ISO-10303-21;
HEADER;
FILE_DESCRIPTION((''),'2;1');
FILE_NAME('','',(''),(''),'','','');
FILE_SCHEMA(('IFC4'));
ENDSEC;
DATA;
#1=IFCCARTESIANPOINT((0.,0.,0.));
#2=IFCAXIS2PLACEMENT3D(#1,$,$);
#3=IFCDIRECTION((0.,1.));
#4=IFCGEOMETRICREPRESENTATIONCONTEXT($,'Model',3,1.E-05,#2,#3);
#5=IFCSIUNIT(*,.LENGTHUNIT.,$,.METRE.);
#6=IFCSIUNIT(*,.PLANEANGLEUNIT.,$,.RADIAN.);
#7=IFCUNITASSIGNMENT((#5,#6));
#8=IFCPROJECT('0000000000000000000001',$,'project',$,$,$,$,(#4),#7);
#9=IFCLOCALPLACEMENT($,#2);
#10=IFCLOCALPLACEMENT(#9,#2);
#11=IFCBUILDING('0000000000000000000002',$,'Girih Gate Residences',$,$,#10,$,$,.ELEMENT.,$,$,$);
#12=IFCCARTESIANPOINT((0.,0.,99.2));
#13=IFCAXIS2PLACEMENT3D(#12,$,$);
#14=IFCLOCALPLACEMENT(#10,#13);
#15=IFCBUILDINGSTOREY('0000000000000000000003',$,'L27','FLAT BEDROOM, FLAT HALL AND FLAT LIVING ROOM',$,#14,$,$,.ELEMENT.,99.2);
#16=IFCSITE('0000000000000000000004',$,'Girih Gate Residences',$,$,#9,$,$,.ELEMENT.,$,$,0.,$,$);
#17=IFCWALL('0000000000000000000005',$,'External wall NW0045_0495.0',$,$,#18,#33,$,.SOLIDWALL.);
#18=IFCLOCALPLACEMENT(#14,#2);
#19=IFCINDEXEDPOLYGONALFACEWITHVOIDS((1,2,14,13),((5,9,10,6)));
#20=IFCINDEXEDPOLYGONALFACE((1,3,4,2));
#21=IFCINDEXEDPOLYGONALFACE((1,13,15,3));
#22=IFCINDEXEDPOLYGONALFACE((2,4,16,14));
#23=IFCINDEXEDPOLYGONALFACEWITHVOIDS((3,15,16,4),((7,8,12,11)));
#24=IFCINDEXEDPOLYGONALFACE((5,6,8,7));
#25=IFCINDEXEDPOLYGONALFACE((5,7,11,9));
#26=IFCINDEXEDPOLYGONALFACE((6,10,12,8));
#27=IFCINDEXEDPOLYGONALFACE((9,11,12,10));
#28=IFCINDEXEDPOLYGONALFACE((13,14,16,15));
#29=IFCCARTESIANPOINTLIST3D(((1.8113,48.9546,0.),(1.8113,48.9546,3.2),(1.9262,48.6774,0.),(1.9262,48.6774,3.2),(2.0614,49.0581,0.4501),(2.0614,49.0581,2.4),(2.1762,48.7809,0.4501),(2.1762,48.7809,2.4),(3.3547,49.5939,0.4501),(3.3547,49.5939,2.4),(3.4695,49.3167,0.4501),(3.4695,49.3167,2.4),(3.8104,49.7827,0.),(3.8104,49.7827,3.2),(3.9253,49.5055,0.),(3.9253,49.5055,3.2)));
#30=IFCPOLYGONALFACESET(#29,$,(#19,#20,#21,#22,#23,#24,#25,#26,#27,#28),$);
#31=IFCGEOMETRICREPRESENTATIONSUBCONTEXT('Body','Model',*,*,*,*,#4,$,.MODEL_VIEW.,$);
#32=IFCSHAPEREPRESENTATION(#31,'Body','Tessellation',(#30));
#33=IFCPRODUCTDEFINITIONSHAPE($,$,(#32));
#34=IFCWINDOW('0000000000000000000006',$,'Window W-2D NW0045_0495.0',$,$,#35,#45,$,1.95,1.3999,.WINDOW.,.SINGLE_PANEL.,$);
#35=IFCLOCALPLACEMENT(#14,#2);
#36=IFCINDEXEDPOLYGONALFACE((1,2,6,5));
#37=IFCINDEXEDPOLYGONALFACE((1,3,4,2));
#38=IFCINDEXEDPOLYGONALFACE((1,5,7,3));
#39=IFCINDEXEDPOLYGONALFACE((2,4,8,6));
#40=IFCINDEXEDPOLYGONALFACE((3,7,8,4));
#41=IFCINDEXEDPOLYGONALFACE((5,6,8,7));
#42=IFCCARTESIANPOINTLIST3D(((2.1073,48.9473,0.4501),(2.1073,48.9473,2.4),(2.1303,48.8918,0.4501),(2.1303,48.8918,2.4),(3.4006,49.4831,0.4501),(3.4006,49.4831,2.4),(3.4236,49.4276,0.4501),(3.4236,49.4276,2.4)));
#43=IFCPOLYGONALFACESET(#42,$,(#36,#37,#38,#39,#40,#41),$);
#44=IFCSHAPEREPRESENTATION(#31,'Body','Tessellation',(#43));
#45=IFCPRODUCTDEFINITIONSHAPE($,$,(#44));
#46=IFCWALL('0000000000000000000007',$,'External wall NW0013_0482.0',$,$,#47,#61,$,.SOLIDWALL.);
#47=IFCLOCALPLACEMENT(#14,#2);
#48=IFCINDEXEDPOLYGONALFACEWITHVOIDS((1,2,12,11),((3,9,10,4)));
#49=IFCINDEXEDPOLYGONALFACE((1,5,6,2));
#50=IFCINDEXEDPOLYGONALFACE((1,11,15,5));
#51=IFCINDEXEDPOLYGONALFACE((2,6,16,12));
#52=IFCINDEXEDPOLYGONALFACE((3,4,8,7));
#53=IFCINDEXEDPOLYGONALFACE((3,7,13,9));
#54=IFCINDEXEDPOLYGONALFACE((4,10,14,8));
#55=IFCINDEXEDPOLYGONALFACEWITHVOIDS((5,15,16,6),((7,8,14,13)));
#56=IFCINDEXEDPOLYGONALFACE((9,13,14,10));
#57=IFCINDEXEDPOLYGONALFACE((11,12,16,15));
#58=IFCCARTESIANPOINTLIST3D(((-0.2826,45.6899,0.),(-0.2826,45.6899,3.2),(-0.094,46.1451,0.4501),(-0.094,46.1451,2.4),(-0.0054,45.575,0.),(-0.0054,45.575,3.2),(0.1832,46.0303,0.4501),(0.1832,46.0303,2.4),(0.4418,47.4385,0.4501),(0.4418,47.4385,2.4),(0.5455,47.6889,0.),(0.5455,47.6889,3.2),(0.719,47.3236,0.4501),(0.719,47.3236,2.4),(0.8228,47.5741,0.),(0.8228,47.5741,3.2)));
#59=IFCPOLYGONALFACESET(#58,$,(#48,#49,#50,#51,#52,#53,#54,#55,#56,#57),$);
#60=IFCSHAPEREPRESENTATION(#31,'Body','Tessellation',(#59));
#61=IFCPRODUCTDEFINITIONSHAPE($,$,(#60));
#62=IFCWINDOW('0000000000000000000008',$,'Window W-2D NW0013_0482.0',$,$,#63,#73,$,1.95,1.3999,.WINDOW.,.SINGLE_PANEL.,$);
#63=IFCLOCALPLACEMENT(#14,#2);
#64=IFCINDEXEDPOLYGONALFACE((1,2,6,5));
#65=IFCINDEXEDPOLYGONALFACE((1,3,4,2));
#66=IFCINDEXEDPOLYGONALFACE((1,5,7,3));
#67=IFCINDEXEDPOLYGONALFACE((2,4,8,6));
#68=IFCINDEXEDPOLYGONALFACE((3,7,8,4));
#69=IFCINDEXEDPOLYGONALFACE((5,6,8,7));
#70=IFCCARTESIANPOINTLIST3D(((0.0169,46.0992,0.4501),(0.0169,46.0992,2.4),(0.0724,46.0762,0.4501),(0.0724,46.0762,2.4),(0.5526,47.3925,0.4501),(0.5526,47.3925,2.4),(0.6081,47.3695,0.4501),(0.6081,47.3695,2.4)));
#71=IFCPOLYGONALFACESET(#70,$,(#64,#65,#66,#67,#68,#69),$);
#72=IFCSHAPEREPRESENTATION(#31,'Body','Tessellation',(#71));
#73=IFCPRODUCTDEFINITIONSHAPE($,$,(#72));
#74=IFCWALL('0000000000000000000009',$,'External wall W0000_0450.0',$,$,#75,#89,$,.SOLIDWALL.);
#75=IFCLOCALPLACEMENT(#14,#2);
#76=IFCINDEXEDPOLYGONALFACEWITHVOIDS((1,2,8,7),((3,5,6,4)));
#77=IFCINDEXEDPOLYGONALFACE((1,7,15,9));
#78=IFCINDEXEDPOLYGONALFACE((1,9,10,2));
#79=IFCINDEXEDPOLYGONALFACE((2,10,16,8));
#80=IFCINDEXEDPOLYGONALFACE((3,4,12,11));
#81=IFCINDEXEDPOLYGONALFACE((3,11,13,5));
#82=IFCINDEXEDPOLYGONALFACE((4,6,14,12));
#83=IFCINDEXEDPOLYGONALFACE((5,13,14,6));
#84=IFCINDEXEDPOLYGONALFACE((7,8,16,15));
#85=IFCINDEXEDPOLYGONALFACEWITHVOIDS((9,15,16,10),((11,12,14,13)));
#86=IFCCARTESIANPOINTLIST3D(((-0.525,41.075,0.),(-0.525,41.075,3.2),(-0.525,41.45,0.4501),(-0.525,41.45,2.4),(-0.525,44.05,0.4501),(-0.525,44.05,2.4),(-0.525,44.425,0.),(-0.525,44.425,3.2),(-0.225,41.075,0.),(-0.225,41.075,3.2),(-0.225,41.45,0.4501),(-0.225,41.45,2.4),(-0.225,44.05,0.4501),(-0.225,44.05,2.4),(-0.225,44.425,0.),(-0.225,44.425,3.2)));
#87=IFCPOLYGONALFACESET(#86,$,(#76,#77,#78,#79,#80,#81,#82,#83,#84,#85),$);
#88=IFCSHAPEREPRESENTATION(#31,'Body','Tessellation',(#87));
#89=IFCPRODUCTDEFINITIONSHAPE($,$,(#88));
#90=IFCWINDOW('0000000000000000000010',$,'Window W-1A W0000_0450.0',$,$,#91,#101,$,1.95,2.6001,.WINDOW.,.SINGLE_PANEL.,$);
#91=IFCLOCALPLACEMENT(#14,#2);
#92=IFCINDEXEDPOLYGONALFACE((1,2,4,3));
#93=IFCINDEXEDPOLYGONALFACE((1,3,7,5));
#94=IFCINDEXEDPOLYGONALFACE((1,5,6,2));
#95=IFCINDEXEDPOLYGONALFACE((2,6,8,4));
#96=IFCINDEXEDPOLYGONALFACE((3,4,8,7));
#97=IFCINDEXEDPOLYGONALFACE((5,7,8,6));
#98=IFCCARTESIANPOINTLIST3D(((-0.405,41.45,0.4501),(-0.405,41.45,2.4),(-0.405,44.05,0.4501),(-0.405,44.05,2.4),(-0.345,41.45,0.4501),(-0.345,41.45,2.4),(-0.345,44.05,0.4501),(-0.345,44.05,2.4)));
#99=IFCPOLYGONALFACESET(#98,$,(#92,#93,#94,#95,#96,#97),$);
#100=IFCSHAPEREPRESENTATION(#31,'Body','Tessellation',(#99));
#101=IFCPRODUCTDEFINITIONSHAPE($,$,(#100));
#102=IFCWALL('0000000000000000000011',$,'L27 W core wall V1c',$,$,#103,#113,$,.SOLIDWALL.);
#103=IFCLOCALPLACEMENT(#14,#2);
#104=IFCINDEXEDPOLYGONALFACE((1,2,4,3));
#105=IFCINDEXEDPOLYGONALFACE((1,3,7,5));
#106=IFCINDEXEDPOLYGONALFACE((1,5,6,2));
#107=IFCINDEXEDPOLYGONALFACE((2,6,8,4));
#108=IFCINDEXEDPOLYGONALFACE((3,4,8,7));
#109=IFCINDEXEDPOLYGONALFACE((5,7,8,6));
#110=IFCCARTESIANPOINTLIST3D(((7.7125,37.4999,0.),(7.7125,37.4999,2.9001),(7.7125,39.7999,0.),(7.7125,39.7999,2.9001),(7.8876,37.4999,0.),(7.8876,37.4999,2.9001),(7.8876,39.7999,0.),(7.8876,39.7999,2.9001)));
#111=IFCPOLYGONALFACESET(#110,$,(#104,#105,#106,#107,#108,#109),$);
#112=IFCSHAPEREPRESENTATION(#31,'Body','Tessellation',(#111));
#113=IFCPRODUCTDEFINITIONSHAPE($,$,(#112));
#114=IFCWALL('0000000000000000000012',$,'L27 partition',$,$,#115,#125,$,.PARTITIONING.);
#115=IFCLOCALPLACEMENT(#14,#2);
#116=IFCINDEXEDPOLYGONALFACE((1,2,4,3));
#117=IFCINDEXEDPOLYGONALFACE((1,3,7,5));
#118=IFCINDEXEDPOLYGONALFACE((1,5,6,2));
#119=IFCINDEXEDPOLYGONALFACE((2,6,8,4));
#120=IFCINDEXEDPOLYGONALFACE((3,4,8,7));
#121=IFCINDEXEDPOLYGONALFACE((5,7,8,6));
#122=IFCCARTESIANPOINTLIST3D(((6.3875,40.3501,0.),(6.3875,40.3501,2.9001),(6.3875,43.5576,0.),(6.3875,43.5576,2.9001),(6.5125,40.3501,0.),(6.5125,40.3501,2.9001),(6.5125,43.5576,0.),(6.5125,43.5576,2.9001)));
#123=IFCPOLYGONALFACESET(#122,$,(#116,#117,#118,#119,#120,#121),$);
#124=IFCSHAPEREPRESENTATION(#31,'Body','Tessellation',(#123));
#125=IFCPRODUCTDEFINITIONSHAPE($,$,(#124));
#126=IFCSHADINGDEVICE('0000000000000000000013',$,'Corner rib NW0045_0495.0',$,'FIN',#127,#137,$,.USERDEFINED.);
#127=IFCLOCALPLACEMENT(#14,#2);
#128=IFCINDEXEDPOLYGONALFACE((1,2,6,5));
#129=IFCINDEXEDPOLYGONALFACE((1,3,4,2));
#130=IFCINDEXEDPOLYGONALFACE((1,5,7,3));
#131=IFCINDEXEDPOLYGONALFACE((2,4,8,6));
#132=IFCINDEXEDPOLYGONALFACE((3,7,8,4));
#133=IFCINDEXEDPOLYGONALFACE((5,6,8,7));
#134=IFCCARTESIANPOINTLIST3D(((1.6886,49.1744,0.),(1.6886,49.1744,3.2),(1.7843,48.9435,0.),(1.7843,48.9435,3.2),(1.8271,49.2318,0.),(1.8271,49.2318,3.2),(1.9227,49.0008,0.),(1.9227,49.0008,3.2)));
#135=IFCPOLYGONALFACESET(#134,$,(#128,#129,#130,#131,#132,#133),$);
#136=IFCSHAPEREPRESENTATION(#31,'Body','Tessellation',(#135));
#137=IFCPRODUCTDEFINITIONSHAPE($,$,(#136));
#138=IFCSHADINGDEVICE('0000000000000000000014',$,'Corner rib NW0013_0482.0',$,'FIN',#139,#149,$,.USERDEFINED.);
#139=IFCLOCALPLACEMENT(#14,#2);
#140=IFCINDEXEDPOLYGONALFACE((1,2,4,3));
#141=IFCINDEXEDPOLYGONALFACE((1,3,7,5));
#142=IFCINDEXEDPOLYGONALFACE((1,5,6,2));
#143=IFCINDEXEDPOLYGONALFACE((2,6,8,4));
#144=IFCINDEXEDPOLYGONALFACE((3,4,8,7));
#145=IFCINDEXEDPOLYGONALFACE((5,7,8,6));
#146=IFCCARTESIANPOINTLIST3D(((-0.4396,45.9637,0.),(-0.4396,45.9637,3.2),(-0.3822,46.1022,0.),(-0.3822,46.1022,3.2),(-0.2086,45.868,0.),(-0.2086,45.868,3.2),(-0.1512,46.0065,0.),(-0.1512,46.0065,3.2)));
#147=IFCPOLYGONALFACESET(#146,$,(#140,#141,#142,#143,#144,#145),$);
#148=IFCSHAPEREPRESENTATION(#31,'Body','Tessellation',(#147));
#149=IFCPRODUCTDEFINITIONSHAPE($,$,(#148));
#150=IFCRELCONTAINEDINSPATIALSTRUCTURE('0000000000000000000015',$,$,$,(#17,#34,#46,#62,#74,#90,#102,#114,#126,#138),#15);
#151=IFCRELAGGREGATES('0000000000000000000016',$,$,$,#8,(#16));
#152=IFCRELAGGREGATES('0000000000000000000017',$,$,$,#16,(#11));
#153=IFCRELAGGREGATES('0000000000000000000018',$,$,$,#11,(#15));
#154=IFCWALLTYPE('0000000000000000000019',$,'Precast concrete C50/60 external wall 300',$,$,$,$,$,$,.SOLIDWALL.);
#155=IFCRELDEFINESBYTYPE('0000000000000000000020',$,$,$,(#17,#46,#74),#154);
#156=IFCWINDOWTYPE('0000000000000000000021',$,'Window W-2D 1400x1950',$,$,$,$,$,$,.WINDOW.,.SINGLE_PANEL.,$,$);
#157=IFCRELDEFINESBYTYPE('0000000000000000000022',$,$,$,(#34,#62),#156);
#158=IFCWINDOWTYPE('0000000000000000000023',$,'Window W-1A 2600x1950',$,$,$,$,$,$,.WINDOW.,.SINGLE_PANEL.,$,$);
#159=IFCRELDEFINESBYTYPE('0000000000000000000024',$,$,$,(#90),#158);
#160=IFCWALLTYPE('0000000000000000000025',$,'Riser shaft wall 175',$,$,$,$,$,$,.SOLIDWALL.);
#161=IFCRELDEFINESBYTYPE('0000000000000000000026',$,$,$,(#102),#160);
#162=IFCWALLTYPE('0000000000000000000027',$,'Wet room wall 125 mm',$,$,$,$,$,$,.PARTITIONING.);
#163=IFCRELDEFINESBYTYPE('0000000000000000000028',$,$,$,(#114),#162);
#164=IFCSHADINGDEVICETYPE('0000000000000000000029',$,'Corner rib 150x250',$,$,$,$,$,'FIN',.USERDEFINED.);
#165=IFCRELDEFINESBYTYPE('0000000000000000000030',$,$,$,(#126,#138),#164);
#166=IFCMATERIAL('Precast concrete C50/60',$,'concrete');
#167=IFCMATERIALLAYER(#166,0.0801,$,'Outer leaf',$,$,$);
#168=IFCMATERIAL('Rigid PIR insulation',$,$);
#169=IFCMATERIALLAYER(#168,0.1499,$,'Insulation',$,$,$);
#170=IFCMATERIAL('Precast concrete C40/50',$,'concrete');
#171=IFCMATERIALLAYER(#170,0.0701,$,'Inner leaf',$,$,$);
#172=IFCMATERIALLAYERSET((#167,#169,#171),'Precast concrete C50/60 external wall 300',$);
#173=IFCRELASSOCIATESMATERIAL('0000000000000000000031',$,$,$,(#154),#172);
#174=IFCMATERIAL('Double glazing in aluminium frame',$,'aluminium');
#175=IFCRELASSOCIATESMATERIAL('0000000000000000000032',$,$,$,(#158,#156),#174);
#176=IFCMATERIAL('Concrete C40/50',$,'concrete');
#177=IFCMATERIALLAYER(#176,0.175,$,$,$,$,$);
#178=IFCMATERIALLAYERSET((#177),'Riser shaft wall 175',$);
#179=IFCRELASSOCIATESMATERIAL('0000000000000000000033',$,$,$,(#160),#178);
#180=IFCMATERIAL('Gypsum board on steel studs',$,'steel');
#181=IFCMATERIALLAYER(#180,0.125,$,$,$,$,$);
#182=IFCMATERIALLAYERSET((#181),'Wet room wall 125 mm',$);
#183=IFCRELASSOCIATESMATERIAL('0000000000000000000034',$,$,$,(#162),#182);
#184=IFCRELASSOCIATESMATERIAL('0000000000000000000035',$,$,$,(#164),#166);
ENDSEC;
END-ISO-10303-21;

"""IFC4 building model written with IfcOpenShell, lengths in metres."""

from ifc_helpers import new_model, si_unit, direction, frame, frame_2d, origin, origin_2d, place, context, subcontext, project, spatial, rectangle, extrude, material, layer, layer_set, type_object, element, fill, save


model = new_model("IFC4")

# Units and contexts
model_context = context("Model", 3, precision=1e-05, world=origin(), true_north=direction((0.0, 1.0)))
body_context = subcontext(model_context, "Body", "Model", "MODEL_VIEW")
ifc_project = project(units=[si_unit("LENGTHUNIT", "METRE"), si_unit("PLANEANGLEUNIT", "RADIAN")], contexts=[model_context])

# Site, building, storey
site_placement = place(None, origin())
site = spatial("IfcSite", under=ifc_project, at=site_placement, Name="Girih Gate Residences", CompositionType="ELEMENT", RefElevation=0.0)
building_placement = place(site_placement, origin())
building = spatial("IfcBuilding", under=site, at=building_placement, Name="Girih Gate Residences", CompositionType="ELEMENT")
storey_placement = place(building_placement, frame((0.0, 0.0, 99.2)))
storey = spatial("IfcBuildingStorey", under=building, at=storey_placement, Name="L27", Description="FLAT BEDROOM, FLAT HALL AND FLAT LIVING ROOM", CompositionType="ELEMENT", Elevation=99.2)

# Shared definitions
ifc_material_1 = material(Name="Gypsum board on steel studs", Category="steel")

# Walls, openings, windows
ifc_material_2 = material(Name="Precast concrete C50/60", Category="concrete")
ifc_layer_1 = layer(ifc_material_2, 0.0801, Name="Outer leaf")
ifc_material_3 = material(Name="Rigid PIR insulation")
ifc_layer_2 = layer(ifc_material_3, 0.1499, Name="Insulation")
ifc_material_4 = material(Name="Precast concrete C40/50", Category="concrete")
ifc_layer_3 = layer(ifc_material_4, 0.0701, Name="Inner leaf")
ifc_layer_set_1 = layer_set([ifc_layer_1, ifc_layer_2, ifc_layer_3], Name="Precast concrete C50/60 external wall 300")
wall_type_1 = type_object("IfcWallType", Name="Precast concrete C50/60 external wall 300", PredefinedType="SOLIDWALL", material=ifc_layer_set_1)
ifc_material_5 = material(Name="Double glazing in aluminium frame", Category="aluminium")
window_type_1 = type_object("IfcWindowType", Name="Window W-1A 2600x1950", PartitioningType="SINGLE_PANEL", PredefinedType="WINDOW", material=ifc_material_5)
wall_1_placement = place(storey_placement, frame((1.8687, 48.8159, 0.0), z_axis=(0.0, 0.0, 1.0), x_axis=(0.923863, 0.382724, 0.0)))
wall_1 = element("IfcWall", 1, at=wall_1_placement, inside=storey, type_object=wall_type_1, Name="External wall NW0045_0495.0", PredefinedType="SOLIDWALL", context=body_context, shape_type="SweptSolid", body=[
    extrude(rectangle(XDim=2.1638, YDim=0.3, at=frame_2d((1.082, 0.0))), origin(), (0.0, 0.0, 1.0), 3.2),
])
opening_1_placement = place(wall_1_placement, frame((0.2708, 0.0, 0.45)))
opening_1 = element("IfcOpeningElement", 2, at=opening_1_placement, cuts=wall_1, PredefinedType="OPENING", context=body_context, shape_type="SweptSolid", body=[
    extrude(rectangle(XDim=1.3999, YDim=1.95, at=frame_2d((0.7, 0.9751))), frame((0.0, 0.1599, 0.0), z_axis=(0.0, -1.0, 0.0), x_axis=(1.0, 0.0, 0.0)), (0.0, 0.0, 1.0), 0.3201),
])
window_type_2 = type_object("IfcWindowType", Name="Window W-2D 1400x1950", PartitioningType="SINGLE_PANEL", PredefinedType="WINDOW", material=ifc_material_5)
window_1_placement = place(opening_1_placement, origin())
window_1 = element("IfcWindow", 3, at=window_1_placement, inside=storey, type_object=window_type_2, Name="Window W-2D NW0045_0495.0", OverallHeight=1.95, OverallWidth=1.3999, PartitioningType="SINGLE_PANEL", PredefinedType="WINDOW", context=body_context, shape_type="SweptSolid", body=[
    extrude(rectangle(XDim=1.3999, YDim=1.95, at=frame_2d((0.7, 0.9751))), frame((0.0, 0.03, 0.0), z_axis=(0.0, -1.0, 0.0), x_axis=(1.0, 0.0, 0.0)), (0.0, 0.0, 1.0), 0.0601),
])
fill(opening_1, window_1)
wall_2_placement = place(storey_placement, frame((-0.144, 45.6323, 0.0), z_axis=(0.0, 0.0, 1.0), x_axis=(0.382724, 0.923863, 0.0)))
wall_2 = element("IfcWall", 4, at=wall_2_placement, inside=storey, type_object=wall_type_1, Name="External wall NW0013_0482.0", PredefinedType="SOLIDWALL", context=body_context, shape_type="SweptSolid", body=[
    extrude(rectangle(XDim=2.1638, YDim=0.3, at=frame_2d((1.082, 0.0))), origin(), (0.0, 0.0, 1.0), 3.2),
])
opening_2_placement = place(wall_2_placement, frame((0.4929, 0.0, 0.45)))
opening_2 = element("IfcOpeningElement", 5, at=opening_2_placement, cuts=wall_2, PredefinedType="OPENING", context=body_context, shape_type="SweptSolid", body=[
    extrude(rectangle(XDim=1.3999, YDim=1.95, at=frame_2d((0.7, 0.9751))), frame((0.0, 0.1599, 0.0), z_axis=(0.0, -1.0, 0.0), x_axis=(1.0, 0.0, 0.0)), (0.0, 0.0, 1.0), 0.3201),
])
window_2_placement = place(opening_2_placement, origin())
window_2 = element("IfcWindow", 6, at=window_2_placement, inside=storey, type_object=window_type_2, Name="Window W-2D NW0013_0482.0", OverallHeight=1.95, OverallWidth=1.3999, PartitioningType="SINGLE_PANEL", PredefinedType="WINDOW", context=body_context, shape_type="SweptSolid", body=[
    extrude(rectangle(XDim=1.3999, YDim=1.95, at=frame_2d((0.7, 0.9751))), frame((0.0, 0.03, 0.0), z_axis=(0.0, -1.0, 0.0), x_axis=(1.0, 0.0, 0.0)), (0.0, 0.0, 1.0), 0.0601),
])
fill(opening_2, window_2)
wall_3_placement = place(storey_placement, frame((-0.375, 41.075, 0.0), z_axis=(0.0, 0.0, 1.0), x_axis=(0.0, 1.0, 0.0)))
wall_3 = element("IfcWall", 7, at=wall_3_placement, inside=storey, type_object=wall_type_1, Name="External wall W0000_0450.0", PredefinedType="SOLIDWALL", context=body_context, shape_type="SweptSolid", body=[
    extrude(rectangle(XDim=3.3501, YDim=0.3, at=frame_2d((1.675, 0.0))), origin(), (0.0, 0.0, 1.0), 3.2),
])
opening_3_placement = place(wall_3_placement, frame((0.375, 0.0, 0.45)))
opening_3 = element("IfcOpeningElement", 8, at=opening_3_placement, cuts=wall_3, PredefinedType="OPENING", context=body_context, shape_type="SweptSolid", body=[
    extrude(rectangle(XDim=2.6001, YDim=1.95, at=frame_2d((1.3, 0.9751))), frame((0.0, 0.1599, 0.0), z_axis=(0.0, -1.0, 0.0), x_axis=(1.0, 0.0, 0.0)), (0.0, 0.0, 1.0), 0.3201),
])
window_3_placement = place(opening_3_placement, origin())
window_3 = element("IfcWindow", 9, at=window_3_placement, inside=storey, type_object=window_type_1, Name="Window W-1A W0000_0450.0", OverallHeight=1.95, OverallWidth=2.6001, PartitioningType="SINGLE_PANEL", PredefinedType="WINDOW", context=body_context, shape_type="SweptSolid", body=[
    extrude(rectangle(XDim=2.6001, YDim=1.95, at=frame_2d((1.3, 0.9751))), frame((0.0, 0.03, 0.0), z_axis=(0.0, -1.0, 0.0), x_axis=(1.0, 0.0, 0.0)), (0.0, 0.0, 1.0), 0.0601),
])
fill(opening_3, window_3)

# Walls
ifc_material_6 = material(Name="Concrete C40/50", Category="concrete")
ifc_layer_4 = layer(ifc_material_6, 0.175)
ifc_layer_set_2 = layer_set([ifc_layer_4], Name="Riser shaft wall 175")
wall_type_2 = type_object("IfcWallType", Name="Riser shaft wall 175", PredefinedType="SOLIDWALL", material=ifc_layer_set_2)
wall_4_placement = place(storey_placement, frame((7.8, 37.5, 0.0), z_axis=(0.0, 0.0, 1.0), x_axis=(0.0, 1.0, 0.0)))
element("IfcWall", 10, at=wall_4_placement, inside=storey, type_object=wall_type_2, Name="L27 W core wall V1c", PredefinedType="SOLIDWALL", context=body_context, shape_type="SweptSolid", body=[
    extrude(rectangle(XDim=2.3, YDim=0.175, at=frame_2d((1.1499, 0.0))), origin(), (0.0, 0.0, 1.0), 2.9001),
])
ifc_layer_5 = layer(ifc_material_1, 0.125)
ifc_layer_set_3 = layer_set([ifc_layer_5], Name="Wet room wall 125 mm")
wall_type_3 = type_object("IfcWallType", Name="Wet room wall 125 mm", PredefinedType="PARTITIONING", material=ifc_layer_set_3)
wall_5_placement = place(storey_placement, frame((6.45, 40.3501, 0.0), z_axis=(0.0, 0.0, 1.0), x_axis=(0.0, 1.0, 0.0)))
element("IfcWall", 11, at=wall_5_placement, inside=storey, type_object=wall_type_3, Name="L27 partition", PredefinedType="PARTITIONING", context=body_context, shape_type="SweptSolid", body=[
    extrude(rectangle(XDim=3.2075, YDim=0.125, at=frame_2d((1.6038, 0.0))), origin(), (0.0, 0.0, 1.0), 2.9001),
])

# Shading devices
shading_device_type = type_object("IfcShadingDeviceType", Name="Corner rib 150x250", ElementType="FIN", PredefinedType="USERDEFINED", material=ifc_material_2)
for number, where, z_axis, x_axis, name in (
    (12, (1.8057, 49.0876, 0.0), (0.0, 0.0, 1.0), (-0.92388, -0.382683, 0.0), "Corner rib NW0045_0495.0"),
    (13, (-0.2954, 45.9851, 0.0), (0.0, 0.0, 1.0), (-0.382683, -0.92388, 0.0), "Corner rib NW0013_0482.0"),
):
    element("IfcShadingDevice", number, at=place(storey_placement, frame(where, z_axis=z_axis, x_axis=x_axis)), inside=storey, type_object=shading_device_type, Name=name, ObjectType="FIN", PredefinedType="USERDEFINED", context=body_context, shape_type="SweptSolid", body=[
        extrude(rectangle(XDim=0.1499, YDim=0.25, at=origin_2d()), origin(), (0.0, 0.0, 1.0), 3.2),
    ])

save(model, "model.ifc")
